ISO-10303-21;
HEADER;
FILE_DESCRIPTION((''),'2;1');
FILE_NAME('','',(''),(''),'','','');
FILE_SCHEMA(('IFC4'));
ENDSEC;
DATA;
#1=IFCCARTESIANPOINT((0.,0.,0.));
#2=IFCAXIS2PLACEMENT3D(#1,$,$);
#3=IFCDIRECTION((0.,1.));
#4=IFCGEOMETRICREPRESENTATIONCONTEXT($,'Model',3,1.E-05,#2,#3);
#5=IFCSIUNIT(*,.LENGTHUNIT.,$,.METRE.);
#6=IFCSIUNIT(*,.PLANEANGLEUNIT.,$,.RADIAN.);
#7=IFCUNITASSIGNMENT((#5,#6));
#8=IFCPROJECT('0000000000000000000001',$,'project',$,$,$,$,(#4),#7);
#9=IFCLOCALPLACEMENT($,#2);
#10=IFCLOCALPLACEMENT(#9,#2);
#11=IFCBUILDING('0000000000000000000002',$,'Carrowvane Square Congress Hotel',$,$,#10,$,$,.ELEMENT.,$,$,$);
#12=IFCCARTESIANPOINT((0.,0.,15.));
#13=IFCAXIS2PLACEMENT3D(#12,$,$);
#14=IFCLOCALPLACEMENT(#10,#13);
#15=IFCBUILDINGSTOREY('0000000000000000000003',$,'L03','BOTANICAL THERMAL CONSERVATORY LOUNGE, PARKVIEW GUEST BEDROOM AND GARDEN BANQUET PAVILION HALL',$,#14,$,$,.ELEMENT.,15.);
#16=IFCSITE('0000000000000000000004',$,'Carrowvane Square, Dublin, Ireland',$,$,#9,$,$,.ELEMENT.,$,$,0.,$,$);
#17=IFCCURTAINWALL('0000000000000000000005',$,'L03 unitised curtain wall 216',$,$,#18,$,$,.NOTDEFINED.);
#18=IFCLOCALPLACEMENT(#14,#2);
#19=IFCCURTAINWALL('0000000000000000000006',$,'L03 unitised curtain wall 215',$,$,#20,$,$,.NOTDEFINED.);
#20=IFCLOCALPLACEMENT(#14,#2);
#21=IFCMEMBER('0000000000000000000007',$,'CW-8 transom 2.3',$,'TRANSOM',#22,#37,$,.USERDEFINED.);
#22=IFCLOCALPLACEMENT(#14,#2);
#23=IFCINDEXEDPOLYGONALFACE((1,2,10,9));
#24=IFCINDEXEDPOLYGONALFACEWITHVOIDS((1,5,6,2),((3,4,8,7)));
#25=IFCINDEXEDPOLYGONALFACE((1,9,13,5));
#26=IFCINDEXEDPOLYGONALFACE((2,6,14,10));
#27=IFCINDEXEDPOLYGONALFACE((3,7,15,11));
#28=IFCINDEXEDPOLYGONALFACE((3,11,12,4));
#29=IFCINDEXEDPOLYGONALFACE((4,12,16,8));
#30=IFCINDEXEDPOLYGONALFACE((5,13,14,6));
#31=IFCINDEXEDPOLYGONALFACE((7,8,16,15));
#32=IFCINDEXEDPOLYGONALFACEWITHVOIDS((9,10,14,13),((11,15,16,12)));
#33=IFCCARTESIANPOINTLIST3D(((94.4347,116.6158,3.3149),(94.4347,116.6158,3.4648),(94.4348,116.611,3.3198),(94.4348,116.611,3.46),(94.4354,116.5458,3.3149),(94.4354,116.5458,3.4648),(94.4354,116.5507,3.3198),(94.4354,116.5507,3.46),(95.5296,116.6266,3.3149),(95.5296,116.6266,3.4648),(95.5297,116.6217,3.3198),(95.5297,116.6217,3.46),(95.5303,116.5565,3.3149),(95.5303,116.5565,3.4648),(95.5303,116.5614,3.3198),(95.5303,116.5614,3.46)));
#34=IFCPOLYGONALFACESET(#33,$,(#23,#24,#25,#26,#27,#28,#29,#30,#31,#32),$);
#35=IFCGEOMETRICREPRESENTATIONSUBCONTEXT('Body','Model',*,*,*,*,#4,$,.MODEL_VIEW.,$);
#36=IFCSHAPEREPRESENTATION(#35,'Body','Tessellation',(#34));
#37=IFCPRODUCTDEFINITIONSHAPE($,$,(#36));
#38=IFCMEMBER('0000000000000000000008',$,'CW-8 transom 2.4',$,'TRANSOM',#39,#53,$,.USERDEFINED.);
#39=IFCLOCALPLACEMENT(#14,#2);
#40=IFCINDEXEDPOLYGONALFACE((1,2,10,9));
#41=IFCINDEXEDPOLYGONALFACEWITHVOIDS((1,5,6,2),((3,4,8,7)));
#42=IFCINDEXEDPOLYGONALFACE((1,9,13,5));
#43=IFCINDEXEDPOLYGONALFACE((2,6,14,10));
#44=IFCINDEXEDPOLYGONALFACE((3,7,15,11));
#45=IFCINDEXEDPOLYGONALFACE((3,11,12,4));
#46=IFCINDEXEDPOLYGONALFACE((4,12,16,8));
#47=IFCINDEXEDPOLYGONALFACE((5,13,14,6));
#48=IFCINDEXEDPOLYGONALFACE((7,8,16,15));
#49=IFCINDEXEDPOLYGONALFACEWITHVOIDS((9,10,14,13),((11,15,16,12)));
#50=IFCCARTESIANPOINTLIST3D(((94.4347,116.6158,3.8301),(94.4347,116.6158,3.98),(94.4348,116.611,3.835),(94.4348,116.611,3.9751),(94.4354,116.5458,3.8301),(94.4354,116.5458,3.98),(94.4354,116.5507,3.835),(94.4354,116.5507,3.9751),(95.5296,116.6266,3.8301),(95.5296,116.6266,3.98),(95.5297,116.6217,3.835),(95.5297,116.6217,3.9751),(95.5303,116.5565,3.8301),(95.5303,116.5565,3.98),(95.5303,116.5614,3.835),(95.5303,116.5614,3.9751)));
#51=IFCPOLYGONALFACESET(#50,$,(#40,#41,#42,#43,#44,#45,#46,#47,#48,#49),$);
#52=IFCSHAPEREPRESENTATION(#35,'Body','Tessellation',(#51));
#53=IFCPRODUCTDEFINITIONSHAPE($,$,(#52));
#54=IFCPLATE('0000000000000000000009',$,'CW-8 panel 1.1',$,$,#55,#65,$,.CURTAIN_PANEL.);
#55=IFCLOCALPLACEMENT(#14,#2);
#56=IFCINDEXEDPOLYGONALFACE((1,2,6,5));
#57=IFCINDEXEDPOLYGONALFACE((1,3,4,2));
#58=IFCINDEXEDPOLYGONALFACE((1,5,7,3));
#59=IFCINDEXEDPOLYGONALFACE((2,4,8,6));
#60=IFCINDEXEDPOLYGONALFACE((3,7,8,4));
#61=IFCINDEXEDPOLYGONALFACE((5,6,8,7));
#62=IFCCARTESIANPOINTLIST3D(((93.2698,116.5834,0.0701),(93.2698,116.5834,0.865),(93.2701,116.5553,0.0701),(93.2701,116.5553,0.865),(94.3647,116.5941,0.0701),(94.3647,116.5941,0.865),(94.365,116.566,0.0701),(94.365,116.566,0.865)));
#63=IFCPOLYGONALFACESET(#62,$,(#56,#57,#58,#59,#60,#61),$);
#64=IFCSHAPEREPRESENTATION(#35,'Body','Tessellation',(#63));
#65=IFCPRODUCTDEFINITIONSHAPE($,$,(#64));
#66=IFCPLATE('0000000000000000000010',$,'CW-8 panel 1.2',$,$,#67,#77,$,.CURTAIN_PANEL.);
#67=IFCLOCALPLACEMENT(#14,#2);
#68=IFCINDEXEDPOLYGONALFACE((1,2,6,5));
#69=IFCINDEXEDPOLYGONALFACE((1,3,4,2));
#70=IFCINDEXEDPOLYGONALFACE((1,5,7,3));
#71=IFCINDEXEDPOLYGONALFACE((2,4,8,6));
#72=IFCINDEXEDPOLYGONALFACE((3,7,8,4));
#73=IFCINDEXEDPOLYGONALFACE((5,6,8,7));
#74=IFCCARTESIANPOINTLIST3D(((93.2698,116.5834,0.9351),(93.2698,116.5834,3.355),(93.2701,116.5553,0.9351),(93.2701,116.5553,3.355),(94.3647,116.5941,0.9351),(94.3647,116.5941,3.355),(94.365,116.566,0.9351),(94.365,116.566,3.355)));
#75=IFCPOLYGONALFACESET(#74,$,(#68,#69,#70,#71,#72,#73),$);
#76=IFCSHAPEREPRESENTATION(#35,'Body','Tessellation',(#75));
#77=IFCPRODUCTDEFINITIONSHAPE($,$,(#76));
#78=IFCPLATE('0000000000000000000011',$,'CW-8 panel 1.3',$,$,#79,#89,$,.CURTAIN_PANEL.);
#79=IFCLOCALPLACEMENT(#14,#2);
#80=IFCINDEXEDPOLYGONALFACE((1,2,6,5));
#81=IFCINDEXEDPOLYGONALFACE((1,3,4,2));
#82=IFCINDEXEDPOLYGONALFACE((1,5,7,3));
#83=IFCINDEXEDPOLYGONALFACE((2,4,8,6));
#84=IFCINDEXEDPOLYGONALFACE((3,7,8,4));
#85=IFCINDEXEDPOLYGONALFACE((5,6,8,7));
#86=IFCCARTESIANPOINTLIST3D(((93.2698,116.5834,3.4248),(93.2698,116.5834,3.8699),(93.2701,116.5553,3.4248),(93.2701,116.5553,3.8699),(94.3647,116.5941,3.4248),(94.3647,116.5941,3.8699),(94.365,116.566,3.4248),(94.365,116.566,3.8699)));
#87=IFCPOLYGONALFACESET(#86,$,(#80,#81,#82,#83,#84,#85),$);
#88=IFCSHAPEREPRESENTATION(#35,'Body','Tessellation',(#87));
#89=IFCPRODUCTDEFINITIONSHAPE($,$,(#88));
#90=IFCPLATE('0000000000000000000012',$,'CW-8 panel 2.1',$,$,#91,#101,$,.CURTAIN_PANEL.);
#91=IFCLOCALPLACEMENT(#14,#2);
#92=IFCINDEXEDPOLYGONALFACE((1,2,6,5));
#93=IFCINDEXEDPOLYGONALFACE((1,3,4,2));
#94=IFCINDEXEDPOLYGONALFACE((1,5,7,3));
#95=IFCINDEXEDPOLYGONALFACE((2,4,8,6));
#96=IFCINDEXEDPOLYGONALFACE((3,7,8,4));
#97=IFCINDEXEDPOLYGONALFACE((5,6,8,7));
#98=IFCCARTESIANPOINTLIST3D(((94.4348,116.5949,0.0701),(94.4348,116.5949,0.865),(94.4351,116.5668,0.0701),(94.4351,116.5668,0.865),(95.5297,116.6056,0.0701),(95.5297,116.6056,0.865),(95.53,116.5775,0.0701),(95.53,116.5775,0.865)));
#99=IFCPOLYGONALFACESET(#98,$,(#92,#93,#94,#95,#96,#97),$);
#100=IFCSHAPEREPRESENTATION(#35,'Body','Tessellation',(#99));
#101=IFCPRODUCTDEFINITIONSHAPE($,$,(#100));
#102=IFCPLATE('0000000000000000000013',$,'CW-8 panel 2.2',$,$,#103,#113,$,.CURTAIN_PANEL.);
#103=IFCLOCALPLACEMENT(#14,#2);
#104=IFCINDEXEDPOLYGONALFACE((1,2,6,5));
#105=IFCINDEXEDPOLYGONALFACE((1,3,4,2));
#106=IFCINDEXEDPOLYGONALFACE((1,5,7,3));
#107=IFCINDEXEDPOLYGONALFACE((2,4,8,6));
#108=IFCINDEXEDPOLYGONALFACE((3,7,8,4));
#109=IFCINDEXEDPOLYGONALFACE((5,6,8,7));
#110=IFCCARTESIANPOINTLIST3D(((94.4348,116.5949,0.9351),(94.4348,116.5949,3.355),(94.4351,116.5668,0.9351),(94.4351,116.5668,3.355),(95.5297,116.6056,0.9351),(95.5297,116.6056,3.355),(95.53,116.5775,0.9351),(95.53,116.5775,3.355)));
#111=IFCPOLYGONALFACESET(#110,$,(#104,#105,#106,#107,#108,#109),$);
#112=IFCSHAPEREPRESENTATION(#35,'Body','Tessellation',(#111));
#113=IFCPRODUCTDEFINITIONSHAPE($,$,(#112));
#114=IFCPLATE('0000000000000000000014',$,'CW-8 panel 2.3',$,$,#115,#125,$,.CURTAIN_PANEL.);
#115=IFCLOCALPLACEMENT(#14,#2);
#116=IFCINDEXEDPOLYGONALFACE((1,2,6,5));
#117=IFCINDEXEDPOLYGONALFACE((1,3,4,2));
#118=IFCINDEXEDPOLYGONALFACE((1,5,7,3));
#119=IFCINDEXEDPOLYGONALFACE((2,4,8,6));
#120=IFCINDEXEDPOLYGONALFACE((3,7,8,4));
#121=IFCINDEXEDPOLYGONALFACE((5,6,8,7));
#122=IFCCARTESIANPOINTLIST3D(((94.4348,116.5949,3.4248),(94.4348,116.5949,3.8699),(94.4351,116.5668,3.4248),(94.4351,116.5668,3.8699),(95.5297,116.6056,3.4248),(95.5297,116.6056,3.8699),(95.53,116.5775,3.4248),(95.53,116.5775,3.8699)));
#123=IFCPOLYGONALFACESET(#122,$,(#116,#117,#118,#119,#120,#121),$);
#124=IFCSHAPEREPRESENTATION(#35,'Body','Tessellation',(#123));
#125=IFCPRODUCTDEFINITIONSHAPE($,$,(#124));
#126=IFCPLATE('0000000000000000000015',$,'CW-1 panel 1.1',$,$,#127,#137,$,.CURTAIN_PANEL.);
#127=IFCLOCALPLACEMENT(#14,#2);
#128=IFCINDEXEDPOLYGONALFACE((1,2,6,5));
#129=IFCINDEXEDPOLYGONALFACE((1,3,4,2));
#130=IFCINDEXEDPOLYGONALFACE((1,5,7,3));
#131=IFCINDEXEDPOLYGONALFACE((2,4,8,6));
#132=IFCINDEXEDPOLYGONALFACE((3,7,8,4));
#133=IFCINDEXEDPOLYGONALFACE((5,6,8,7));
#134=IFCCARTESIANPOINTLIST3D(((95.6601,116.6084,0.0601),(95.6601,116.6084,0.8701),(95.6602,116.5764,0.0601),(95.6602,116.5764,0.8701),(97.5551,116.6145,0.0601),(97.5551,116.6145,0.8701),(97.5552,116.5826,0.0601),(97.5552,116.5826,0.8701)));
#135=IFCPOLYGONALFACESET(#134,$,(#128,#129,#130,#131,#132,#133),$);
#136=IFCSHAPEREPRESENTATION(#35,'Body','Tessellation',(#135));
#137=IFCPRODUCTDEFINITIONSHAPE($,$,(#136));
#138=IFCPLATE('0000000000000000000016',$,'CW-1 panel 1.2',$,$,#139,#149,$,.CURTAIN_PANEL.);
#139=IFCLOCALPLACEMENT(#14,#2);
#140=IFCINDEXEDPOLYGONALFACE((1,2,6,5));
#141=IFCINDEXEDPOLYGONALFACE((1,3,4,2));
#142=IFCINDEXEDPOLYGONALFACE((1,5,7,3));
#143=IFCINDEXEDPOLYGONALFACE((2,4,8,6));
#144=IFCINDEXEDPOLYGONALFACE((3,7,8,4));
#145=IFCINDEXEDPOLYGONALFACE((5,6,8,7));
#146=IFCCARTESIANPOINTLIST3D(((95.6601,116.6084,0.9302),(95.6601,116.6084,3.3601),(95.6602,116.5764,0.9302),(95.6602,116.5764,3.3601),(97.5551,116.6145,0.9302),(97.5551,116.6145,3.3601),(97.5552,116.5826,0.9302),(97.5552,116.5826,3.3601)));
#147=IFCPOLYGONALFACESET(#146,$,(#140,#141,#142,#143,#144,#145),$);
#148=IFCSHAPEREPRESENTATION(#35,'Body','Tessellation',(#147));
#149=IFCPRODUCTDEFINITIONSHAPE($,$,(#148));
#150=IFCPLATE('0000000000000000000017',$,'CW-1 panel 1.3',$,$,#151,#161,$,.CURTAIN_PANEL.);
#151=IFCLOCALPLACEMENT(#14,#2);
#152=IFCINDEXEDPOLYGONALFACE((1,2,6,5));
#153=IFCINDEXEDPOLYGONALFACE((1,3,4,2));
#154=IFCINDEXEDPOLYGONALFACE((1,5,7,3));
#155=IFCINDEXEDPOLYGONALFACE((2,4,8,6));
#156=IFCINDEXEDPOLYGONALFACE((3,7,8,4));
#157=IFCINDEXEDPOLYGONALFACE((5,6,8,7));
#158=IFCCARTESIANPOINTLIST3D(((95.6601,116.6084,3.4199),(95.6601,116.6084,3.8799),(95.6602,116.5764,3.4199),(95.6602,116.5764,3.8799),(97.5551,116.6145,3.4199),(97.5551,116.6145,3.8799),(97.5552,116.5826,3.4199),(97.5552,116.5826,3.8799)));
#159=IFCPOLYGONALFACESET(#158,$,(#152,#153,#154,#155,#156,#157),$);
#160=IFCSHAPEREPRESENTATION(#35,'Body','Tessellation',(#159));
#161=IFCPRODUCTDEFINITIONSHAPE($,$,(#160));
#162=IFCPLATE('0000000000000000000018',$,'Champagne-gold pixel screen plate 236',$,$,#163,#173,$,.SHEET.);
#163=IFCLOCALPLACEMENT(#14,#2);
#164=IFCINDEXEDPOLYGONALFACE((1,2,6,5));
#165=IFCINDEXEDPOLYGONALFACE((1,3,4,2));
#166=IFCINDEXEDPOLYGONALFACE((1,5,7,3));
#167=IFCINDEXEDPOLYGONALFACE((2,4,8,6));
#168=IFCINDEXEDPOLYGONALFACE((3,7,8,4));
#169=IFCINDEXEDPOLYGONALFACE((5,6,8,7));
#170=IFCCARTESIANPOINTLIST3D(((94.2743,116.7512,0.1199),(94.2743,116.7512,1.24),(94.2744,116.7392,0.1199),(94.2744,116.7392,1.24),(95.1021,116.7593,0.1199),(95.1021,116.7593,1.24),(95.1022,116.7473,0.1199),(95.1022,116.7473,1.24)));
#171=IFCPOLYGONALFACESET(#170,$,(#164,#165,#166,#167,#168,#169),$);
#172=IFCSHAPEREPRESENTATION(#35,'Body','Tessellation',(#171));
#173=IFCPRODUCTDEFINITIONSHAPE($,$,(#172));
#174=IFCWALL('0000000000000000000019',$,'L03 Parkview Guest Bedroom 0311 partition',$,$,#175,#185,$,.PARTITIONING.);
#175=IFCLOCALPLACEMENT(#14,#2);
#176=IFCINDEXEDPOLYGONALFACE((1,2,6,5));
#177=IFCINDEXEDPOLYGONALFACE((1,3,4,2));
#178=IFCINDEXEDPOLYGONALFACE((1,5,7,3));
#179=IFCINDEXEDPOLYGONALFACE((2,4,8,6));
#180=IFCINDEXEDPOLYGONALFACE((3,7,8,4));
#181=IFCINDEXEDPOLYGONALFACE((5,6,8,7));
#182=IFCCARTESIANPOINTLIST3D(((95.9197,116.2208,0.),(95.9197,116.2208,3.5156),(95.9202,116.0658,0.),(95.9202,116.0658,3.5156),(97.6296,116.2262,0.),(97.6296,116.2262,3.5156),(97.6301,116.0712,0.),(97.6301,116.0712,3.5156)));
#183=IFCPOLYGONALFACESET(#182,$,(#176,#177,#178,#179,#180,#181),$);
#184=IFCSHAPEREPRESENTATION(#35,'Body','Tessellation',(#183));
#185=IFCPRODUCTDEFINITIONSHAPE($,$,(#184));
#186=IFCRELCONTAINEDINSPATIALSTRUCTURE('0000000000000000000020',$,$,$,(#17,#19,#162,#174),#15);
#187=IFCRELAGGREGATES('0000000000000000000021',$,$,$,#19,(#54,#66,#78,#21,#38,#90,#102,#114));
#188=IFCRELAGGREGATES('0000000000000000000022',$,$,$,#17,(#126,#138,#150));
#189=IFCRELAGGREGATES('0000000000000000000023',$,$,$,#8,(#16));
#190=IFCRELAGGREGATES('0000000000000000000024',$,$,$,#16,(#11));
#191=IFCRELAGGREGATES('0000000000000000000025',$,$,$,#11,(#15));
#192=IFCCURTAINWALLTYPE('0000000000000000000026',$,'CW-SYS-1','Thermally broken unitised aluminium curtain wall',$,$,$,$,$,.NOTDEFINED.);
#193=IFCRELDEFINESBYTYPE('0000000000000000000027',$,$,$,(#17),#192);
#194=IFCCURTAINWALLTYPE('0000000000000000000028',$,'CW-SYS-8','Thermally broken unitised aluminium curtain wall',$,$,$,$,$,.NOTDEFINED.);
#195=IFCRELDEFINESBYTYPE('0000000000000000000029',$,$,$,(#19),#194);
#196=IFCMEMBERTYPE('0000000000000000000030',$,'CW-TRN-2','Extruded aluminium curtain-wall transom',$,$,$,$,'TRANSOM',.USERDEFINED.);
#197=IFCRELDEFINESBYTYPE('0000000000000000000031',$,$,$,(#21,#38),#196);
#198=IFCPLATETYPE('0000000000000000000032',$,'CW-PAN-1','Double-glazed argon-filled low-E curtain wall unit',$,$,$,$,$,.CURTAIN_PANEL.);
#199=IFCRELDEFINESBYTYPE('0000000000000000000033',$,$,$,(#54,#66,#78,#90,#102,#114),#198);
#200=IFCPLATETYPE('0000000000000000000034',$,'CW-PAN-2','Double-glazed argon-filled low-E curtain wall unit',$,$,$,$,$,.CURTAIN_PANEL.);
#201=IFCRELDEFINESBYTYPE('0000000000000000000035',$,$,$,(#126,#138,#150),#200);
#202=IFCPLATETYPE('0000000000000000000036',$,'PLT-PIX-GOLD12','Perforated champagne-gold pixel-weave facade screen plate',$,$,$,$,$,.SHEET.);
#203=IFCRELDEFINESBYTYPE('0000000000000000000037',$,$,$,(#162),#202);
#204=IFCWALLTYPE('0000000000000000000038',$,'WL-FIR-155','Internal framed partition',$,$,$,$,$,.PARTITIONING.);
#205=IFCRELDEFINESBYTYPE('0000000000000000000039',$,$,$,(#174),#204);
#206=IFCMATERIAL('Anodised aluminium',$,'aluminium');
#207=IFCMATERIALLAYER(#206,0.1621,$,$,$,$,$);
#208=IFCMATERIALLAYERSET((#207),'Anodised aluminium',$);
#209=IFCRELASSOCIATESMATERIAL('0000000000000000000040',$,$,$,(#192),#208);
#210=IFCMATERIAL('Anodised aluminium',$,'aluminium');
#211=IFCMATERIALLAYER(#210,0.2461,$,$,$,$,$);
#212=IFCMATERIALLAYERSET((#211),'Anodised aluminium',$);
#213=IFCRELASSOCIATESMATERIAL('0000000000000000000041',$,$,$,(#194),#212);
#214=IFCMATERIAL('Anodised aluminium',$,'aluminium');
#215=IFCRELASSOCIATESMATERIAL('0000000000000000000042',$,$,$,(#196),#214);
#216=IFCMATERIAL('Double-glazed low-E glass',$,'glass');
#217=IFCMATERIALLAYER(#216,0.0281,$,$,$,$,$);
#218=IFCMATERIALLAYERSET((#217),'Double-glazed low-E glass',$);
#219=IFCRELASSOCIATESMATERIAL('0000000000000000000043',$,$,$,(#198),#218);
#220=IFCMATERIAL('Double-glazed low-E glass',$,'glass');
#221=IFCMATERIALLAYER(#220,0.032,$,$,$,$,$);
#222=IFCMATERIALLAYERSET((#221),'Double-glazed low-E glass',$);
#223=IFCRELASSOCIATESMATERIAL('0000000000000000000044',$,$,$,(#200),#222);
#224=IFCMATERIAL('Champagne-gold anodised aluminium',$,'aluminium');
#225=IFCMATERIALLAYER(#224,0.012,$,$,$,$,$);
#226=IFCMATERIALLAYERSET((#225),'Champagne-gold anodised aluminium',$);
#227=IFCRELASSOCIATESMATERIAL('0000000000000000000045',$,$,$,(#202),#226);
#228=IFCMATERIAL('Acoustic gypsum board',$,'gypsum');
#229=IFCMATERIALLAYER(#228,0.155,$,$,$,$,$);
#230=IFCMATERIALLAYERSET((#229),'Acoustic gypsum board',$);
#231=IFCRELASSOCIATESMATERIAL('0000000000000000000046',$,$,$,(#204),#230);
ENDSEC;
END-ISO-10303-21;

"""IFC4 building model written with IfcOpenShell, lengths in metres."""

from ifc_helpers import new_model, si_unit, direction, frame, frame_2d, origin, origin_2d, place, context, subcontext, project, spatial, rectangle, hollow_rectangle, extrude, material, layer, layer_set, material_profile, profile_set, type_object, element, aggregate, save


model = new_model("IFC4")

# Units and contexts
model_context = context("Model", 3, precision=1e-05, world=origin(), true_north=direction((0.0, 1.0)))
body_context = subcontext(model_context, "Body", "Model", "MODEL_VIEW")
ifc_project = project(units=[si_unit("LENGTHUNIT", "METRE"), si_unit("PLANEANGLEUNIT", "RADIAN")], contexts=[model_context])

# Site, building, storey
site_placement = place(None, origin())
site = spatial("IfcSite", under=ifc_project, at=site_placement, Name="Carrowvane Square, Dublin, Ireland", CompositionType="ELEMENT", RefElevation=0.0)
building_placement = place(site_placement, origin())
building = spatial("IfcBuilding", under=site, at=building_placement, Name="Carrowvane Square Congress Hotel", CompositionType="ELEMENT")
storey_placement = place(building_placement, frame((0.0, 0.0, 15.0)))
storey = spatial("IfcBuildingStorey", under=building, at=storey_placement, Name="L03", Description="BOTANICAL THERMAL CONSERVATORY LOUNGE, PARKVIEW GUEST BEDROOM AND GARDEN BANQUET PAVILION HALL", CompositionType="ELEMENT", Elevation=15.0)

# Curtain walls
ifc_material_1 = material(Name="Anodised aluminium", Category="aluminium")
ifc_layer_1 = layer(ifc_material_1, 0.1621)
ifc_layer_set_1 = layer_set([ifc_layer_1], Name="Anodised aluminium")
curtain_wall_type_1 = type_object("IfcCurtainWallType", Name="CW-SYS-1", Description="Thermally broken unitised aluminium curtain wall", PredefinedType="NOTDEFINED", material=ifc_layer_set_1)
curtain_wall_1_placement = place(storey_placement, origin())
curtain_wall_1 = element("IfcCurtainWall", 1, at=curtain_wall_1_placement, inside=storey, type_object=curtain_wall_type_1, Name="L03 unitised curtain wall 216", PredefinedType="NOTDEFINED")
ifc_material_2 = material(Name="Anodised aluminium", Category="aluminium")
ifc_layer_2 = layer(ifc_material_2, 0.2461)
ifc_layer_set_2 = layer_set([ifc_layer_2], Name="Anodised aluminium")
curtain_wall_type_2 = type_object("IfcCurtainWallType", Name="CW-SYS-8", Description="Thermally broken unitised aluminium curtain wall", PredefinedType="NOTDEFINED", material=ifc_layer_set_2)
curtain_wall_2_placement = place(storey_placement, origin())
curtain_wall_2 = element("IfcCurtainWall", 2, at=curtain_wall_2_placement, inside=storey, type_object=curtain_wall_type_2, Name="L03 unitised curtain wall 215", PredefinedType="NOTDEFINED")

# Members
ifc_material_3 = material(Name="Anodised aluminium", Category="aluminium")
ifc_material_profile_1 = material_profile(ifc_material_3, hollow_rectangle(XDim=0.0701, YDim=0.1499, WallThickness=0.0049, at=origin_2d()), Name="CW-TR 70x150x5")
ifc_profile_set_1 = profile_set([ifc_material_profile_1], Name="Anodised aluminium")
member_type_1 = type_object("IfcMemberType", Name="CW-TRN-2", Description="Extruded aluminium curtain-wall transom", ElementType="TRANSOM", PredefinedType="USERDEFINED", material=ifc_profile_set_1)
member_1_placement = place(storey_placement, frame((94.4351, 116.5808, 3.3899), z_axis=(0.999952, 0.00981, 0.0), x_axis=(-0.00981, 0.999952, 0.0)))
member_1 = element("IfcMember", 3, at=member_1_placement, type_object=member_type_1, Name="CW-8 transom 2.3", ObjectType="TRANSOM", PredefinedType="USERDEFINED", context=body_context, shape_type="SweptSolid", body=[
    extrude(hollow_rectangle(XDim=0.0701, YDim=0.1499, WallThickness=0.0049, at=origin_2d()), origin(), (0.0, 0.0, 1.0), 1.095),
])
member_2_placement = place(storey_placement, frame((94.4351, 116.5808, 3.905), z_axis=(0.999952, 0.00981, 0.0), x_axis=(-0.00981, 0.999952, 0.0)))
member_2 = element("IfcMember", 4, at=member_2_placement, type_object=member_type_1, Name="CW-8 transom 2.4", ObjectType="TRANSOM", PredefinedType="USERDEFINED", context=body_context, shape_type="SweptSolid", body=[
    extrude(hollow_rectangle(XDim=0.0701, YDim=0.1499, WallThickness=0.0049, at=origin_2d()), origin(), (0.0, 0.0, 1.0), 1.095),
])

# Plates
ifc_material_4 = material(Name="Double-glazed low-E glass", Category="glass")
ifc_layer_3 = layer(ifc_material_4, 0.0281)
ifc_layer_set_3 = layer_set([ifc_layer_3], Name="Double-glazed low-E glass")
plate_type_1 = type_object("IfcPlateType", Name="CW-PAN-1", Description="Double-glazed argon-filled low-E curtain wall unit", PredefinedType="CURTAIN_PANEL", material=ifc_layer_set_3)
plate_1_placement = place(storey_placement, frame((93.8174, 116.5747, 0.0701), z_axis=(0.0, 0.0, 1.0), x_axis=(0.999952, 0.009783, 0.0)))
plate_1 = element("IfcPlate", 5, at=plate_1_placement, type_object=plate_type_1, Name="CW-8 panel 1.1", PredefinedType="CURTAIN_PANEL", context=body_context, shape_type="SweptSolid", body=[
    extrude(rectangle(XDim=1.095, YDim=0.0281, at=origin_2d()), origin(), (0.0, 0.0, 1.0), 0.7949),
])
plate_2_placement = place(storey_placement, frame((93.8174, 116.5747, 0.9351), z_axis=(0.0, 0.0, 1.0), x_axis=(0.999952, 0.009783, 0.0)))
plate_2 = element("IfcPlate", 6, at=plate_2_placement, type_object=plate_type_1, Name="CW-8 panel 1.2", PredefinedType="CURTAIN_PANEL", context=body_context, shape_type="SweptSolid", body=[
    extrude(rectangle(XDim=1.095, YDim=0.0281, at=origin_2d()), origin(), (0.0, 0.0, 1.0), 2.4199),
])
plate_3_placement = place(storey_placement, frame((93.8174, 116.5747, 3.4248), z_axis=(0.0, 0.0, 1.0), x_axis=(0.999952, 0.009783, 0.0)))
plate_3 = element("IfcPlate", 7, at=plate_3_placement, type_object=plate_type_1, Name="CW-8 panel 1.3", PredefinedType="CURTAIN_PANEL", context=body_context, shape_type="SweptSolid", body=[
    extrude(rectangle(XDim=1.095, YDim=0.0281, at=origin_2d()), origin(), (0.0, 0.0, 1.0), 0.4451),
])
plate_4_placement = place(storey_placement, frame((94.9824, 116.5862, 0.0701), z_axis=(0.0, 0.0, 1.0), x_axis=(0.999952, 0.009783, 0.0)))
plate_4 = element("IfcPlate", 8, at=plate_4_placement, type_object=plate_type_1, Name="CW-8 panel 2.1", PredefinedType="CURTAIN_PANEL", context=body_context, shape_type="SweptSolid", body=[
    extrude(rectangle(XDim=1.095, YDim=0.0281, at=origin_2d()), origin(), (0.0, 0.0, 1.0), 0.7949),
])
plate_5_placement = place(storey_placement, frame((94.9824, 116.5862, 0.9351), z_axis=(0.0, 0.0, 1.0), x_axis=(0.999952, 0.009783, 0.0)))
plate_5 = element("IfcPlate", 9, at=plate_5_placement, type_object=plate_type_1, Name="CW-8 panel 2.2", PredefinedType="CURTAIN_PANEL", context=body_context, shape_type="SweptSolid", body=[
    extrude(rectangle(XDim=1.095, YDim=0.0281, at=origin_2d()), origin(), (0.0, 0.0, 1.0), 2.4199),
])
plate_6_placement = place(storey_placement, frame((94.9824, 116.5862, 3.4248), z_axis=(0.0, 0.0, 1.0), x_axis=(0.999952, 0.009783, 0.0)))
plate_6 = element("IfcPlate", 10, at=plate_6_placement, type_object=plate_type_1, Name="CW-8 panel 2.3", PredefinedType="CURTAIN_PANEL", context=body_context, shape_type="SweptSolid", body=[
    extrude(rectangle(XDim=1.095, YDim=0.0281, at=origin_2d()), origin(), (0.0, 0.0, 1.0), 0.4451),
])
aggregate(curtain_wall_2, [plate_1, plate_2, plate_3, member_1, member_2, plate_4, plate_5, plate_6])
ifc_material_5 = material(Name="Double-glazed low-E glass", Category="glass")
ifc_layer_4 = layer(ifc_material_5, 0.032)
ifc_layer_set_4 = layer_set([ifc_layer_4], Name="Double-glazed low-E glass")
plate_type_2 = type_object("IfcPlateType", Name="CW-PAN-2", Description="Double-glazed argon-filled low-E curtain wall unit", PredefinedType="CURTAIN_PANEL", material=ifc_layer_set_4)
plate_7_placement = place(storey_placement, frame((96.6077, 116.5955, 0.0601), z_axis=(0.0, 0.0, 1.0), x_axis=(0.999995, 0.00327, 0.0)))
plate_7 = element("IfcPlate", 11, at=plate_7_placement, type_object=plate_type_2, Name="CW-1 panel 1.1", PredefinedType="CURTAIN_PANEL", context=body_context, shape_type="SweptSolid", body=[
    extrude(rectangle(XDim=1.895, YDim=0.032, at=origin_2d()), origin(), (0.0, 0.0, 1.0), 0.8101),
])
plate_8_placement = place(storey_placement, frame((96.6077, 116.5955, 0.9302), z_axis=(0.0, 0.0, 1.0), x_axis=(0.999995, 0.00327, 0.0)))
plate_8 = element("IfcPlate", 12, at=plate_8_placement, type_object=plate_type_2, Name="CW-1 panel 1.2", PredefinedType="CURTAIN_PANEL", context=body_context, shape_type="SweptSolid", body=[
    extrude(rectangle(XDim=1.895, YDim=0.032, at=origin_2d()), origin(), (0.0, 0.0, 1.0), 2.4299),
])
plate_9_placement = place(storey_placement, frame((96.6077, 116.5955, 3.4199), z_axis=(0.0, 0.0, 1.0), x_axis=(0.999995, 0.00327, 0.0)))
plate_9 = element("IfcPlate", 13, at=plate_9_placement, type_object=plate_type_2, Name="CW-1 panel 1.3", PredefinedType="CURTAIN_PANEL", context=body_context, shape_type="SweptSolid", body=[
    extrude(rectangle(XDim=1.895, YDim=0.032, at=origin_2d()), origin(), (0.0, 0.0, 1.0), 0.46),
])
aggregate(curtain_wall_1, [plate_7, plate_8, plate_9])
ifc_material_6 = material(Name="Champagne-gold anodised aluminium", Category="aluminium")
ifc_layer_5 = layer(ifc_material_6, 0.012)
ifc_layer_set_5 = layer_set([ifc_layer_5], Name="Champagne-gold anodised aluminium")
plate_type_3 = type_object("IfcPlateType", Name="PLT-PIX-GOLD12", Description="Perforated champagne-gold pixel-weave facade screen plate", PredefinedType="SHEET", material=ifc_layer_set_5)
plate_10_placement = place(storey_placement, frame((94.6882, 116.7493, 0.1199), z_axis=(0.0, 0.0, 1.0), x_axis=(0.999952, 0.009782, 0.0)))
element("IfcPlate", 14, at=plate_10_placement, inside=storey, type_object=plate_type_3, Name="Champagne-gold pixel screen plate 236", PredefinedType="SHEET", context=body_context, shape_type="SweptSolid", body=[
    extrude(rectangle(XDim=0.8279, YDim=0.012, at=origin_2d()), origin(), (0.0, 0.0, 1.0), 1.1201),
])

# Wall
ifc_material_7 = material(Name="Acoustic gypsum board", Category="gypsum")
ifc_layer_6 = layer(ifc_material_7, 0.155)
ifc_layer_set_6 = layer_set([ifc_layer_6], Name="Acoustic gypsum board")
wall_type_1 = type_object("IfcWallType", Name="WL-FIR-155", Description="Internal framed partition", PredefinedType="PARTITIONING", material=ifc_layer_set_6)
wall_1_placement = place(storey_placement, frame((95.9199, 116.1433, 0.0), z_axis=(0.0, 0.0, 1.0), x_axis=(0.999995, 0.003141, 0.0)))
element("IfcWall", 15, at=wall_1_placement, inside=storey, type_object=wall_type_1, Name="L03 Parkview Guest Bedroom 0311 partition", PredefinedType="PARTITIONING", context=body_context, shape_type="SweptSolid", body=[
    extrude(rectangle(XDim=1.71, YDim=0.155, at=frame_2d((0.855, 0.0))), origin(), (0.0, 0.0, 1.0), 3.5156),
])

save(model, "model.ifc")
